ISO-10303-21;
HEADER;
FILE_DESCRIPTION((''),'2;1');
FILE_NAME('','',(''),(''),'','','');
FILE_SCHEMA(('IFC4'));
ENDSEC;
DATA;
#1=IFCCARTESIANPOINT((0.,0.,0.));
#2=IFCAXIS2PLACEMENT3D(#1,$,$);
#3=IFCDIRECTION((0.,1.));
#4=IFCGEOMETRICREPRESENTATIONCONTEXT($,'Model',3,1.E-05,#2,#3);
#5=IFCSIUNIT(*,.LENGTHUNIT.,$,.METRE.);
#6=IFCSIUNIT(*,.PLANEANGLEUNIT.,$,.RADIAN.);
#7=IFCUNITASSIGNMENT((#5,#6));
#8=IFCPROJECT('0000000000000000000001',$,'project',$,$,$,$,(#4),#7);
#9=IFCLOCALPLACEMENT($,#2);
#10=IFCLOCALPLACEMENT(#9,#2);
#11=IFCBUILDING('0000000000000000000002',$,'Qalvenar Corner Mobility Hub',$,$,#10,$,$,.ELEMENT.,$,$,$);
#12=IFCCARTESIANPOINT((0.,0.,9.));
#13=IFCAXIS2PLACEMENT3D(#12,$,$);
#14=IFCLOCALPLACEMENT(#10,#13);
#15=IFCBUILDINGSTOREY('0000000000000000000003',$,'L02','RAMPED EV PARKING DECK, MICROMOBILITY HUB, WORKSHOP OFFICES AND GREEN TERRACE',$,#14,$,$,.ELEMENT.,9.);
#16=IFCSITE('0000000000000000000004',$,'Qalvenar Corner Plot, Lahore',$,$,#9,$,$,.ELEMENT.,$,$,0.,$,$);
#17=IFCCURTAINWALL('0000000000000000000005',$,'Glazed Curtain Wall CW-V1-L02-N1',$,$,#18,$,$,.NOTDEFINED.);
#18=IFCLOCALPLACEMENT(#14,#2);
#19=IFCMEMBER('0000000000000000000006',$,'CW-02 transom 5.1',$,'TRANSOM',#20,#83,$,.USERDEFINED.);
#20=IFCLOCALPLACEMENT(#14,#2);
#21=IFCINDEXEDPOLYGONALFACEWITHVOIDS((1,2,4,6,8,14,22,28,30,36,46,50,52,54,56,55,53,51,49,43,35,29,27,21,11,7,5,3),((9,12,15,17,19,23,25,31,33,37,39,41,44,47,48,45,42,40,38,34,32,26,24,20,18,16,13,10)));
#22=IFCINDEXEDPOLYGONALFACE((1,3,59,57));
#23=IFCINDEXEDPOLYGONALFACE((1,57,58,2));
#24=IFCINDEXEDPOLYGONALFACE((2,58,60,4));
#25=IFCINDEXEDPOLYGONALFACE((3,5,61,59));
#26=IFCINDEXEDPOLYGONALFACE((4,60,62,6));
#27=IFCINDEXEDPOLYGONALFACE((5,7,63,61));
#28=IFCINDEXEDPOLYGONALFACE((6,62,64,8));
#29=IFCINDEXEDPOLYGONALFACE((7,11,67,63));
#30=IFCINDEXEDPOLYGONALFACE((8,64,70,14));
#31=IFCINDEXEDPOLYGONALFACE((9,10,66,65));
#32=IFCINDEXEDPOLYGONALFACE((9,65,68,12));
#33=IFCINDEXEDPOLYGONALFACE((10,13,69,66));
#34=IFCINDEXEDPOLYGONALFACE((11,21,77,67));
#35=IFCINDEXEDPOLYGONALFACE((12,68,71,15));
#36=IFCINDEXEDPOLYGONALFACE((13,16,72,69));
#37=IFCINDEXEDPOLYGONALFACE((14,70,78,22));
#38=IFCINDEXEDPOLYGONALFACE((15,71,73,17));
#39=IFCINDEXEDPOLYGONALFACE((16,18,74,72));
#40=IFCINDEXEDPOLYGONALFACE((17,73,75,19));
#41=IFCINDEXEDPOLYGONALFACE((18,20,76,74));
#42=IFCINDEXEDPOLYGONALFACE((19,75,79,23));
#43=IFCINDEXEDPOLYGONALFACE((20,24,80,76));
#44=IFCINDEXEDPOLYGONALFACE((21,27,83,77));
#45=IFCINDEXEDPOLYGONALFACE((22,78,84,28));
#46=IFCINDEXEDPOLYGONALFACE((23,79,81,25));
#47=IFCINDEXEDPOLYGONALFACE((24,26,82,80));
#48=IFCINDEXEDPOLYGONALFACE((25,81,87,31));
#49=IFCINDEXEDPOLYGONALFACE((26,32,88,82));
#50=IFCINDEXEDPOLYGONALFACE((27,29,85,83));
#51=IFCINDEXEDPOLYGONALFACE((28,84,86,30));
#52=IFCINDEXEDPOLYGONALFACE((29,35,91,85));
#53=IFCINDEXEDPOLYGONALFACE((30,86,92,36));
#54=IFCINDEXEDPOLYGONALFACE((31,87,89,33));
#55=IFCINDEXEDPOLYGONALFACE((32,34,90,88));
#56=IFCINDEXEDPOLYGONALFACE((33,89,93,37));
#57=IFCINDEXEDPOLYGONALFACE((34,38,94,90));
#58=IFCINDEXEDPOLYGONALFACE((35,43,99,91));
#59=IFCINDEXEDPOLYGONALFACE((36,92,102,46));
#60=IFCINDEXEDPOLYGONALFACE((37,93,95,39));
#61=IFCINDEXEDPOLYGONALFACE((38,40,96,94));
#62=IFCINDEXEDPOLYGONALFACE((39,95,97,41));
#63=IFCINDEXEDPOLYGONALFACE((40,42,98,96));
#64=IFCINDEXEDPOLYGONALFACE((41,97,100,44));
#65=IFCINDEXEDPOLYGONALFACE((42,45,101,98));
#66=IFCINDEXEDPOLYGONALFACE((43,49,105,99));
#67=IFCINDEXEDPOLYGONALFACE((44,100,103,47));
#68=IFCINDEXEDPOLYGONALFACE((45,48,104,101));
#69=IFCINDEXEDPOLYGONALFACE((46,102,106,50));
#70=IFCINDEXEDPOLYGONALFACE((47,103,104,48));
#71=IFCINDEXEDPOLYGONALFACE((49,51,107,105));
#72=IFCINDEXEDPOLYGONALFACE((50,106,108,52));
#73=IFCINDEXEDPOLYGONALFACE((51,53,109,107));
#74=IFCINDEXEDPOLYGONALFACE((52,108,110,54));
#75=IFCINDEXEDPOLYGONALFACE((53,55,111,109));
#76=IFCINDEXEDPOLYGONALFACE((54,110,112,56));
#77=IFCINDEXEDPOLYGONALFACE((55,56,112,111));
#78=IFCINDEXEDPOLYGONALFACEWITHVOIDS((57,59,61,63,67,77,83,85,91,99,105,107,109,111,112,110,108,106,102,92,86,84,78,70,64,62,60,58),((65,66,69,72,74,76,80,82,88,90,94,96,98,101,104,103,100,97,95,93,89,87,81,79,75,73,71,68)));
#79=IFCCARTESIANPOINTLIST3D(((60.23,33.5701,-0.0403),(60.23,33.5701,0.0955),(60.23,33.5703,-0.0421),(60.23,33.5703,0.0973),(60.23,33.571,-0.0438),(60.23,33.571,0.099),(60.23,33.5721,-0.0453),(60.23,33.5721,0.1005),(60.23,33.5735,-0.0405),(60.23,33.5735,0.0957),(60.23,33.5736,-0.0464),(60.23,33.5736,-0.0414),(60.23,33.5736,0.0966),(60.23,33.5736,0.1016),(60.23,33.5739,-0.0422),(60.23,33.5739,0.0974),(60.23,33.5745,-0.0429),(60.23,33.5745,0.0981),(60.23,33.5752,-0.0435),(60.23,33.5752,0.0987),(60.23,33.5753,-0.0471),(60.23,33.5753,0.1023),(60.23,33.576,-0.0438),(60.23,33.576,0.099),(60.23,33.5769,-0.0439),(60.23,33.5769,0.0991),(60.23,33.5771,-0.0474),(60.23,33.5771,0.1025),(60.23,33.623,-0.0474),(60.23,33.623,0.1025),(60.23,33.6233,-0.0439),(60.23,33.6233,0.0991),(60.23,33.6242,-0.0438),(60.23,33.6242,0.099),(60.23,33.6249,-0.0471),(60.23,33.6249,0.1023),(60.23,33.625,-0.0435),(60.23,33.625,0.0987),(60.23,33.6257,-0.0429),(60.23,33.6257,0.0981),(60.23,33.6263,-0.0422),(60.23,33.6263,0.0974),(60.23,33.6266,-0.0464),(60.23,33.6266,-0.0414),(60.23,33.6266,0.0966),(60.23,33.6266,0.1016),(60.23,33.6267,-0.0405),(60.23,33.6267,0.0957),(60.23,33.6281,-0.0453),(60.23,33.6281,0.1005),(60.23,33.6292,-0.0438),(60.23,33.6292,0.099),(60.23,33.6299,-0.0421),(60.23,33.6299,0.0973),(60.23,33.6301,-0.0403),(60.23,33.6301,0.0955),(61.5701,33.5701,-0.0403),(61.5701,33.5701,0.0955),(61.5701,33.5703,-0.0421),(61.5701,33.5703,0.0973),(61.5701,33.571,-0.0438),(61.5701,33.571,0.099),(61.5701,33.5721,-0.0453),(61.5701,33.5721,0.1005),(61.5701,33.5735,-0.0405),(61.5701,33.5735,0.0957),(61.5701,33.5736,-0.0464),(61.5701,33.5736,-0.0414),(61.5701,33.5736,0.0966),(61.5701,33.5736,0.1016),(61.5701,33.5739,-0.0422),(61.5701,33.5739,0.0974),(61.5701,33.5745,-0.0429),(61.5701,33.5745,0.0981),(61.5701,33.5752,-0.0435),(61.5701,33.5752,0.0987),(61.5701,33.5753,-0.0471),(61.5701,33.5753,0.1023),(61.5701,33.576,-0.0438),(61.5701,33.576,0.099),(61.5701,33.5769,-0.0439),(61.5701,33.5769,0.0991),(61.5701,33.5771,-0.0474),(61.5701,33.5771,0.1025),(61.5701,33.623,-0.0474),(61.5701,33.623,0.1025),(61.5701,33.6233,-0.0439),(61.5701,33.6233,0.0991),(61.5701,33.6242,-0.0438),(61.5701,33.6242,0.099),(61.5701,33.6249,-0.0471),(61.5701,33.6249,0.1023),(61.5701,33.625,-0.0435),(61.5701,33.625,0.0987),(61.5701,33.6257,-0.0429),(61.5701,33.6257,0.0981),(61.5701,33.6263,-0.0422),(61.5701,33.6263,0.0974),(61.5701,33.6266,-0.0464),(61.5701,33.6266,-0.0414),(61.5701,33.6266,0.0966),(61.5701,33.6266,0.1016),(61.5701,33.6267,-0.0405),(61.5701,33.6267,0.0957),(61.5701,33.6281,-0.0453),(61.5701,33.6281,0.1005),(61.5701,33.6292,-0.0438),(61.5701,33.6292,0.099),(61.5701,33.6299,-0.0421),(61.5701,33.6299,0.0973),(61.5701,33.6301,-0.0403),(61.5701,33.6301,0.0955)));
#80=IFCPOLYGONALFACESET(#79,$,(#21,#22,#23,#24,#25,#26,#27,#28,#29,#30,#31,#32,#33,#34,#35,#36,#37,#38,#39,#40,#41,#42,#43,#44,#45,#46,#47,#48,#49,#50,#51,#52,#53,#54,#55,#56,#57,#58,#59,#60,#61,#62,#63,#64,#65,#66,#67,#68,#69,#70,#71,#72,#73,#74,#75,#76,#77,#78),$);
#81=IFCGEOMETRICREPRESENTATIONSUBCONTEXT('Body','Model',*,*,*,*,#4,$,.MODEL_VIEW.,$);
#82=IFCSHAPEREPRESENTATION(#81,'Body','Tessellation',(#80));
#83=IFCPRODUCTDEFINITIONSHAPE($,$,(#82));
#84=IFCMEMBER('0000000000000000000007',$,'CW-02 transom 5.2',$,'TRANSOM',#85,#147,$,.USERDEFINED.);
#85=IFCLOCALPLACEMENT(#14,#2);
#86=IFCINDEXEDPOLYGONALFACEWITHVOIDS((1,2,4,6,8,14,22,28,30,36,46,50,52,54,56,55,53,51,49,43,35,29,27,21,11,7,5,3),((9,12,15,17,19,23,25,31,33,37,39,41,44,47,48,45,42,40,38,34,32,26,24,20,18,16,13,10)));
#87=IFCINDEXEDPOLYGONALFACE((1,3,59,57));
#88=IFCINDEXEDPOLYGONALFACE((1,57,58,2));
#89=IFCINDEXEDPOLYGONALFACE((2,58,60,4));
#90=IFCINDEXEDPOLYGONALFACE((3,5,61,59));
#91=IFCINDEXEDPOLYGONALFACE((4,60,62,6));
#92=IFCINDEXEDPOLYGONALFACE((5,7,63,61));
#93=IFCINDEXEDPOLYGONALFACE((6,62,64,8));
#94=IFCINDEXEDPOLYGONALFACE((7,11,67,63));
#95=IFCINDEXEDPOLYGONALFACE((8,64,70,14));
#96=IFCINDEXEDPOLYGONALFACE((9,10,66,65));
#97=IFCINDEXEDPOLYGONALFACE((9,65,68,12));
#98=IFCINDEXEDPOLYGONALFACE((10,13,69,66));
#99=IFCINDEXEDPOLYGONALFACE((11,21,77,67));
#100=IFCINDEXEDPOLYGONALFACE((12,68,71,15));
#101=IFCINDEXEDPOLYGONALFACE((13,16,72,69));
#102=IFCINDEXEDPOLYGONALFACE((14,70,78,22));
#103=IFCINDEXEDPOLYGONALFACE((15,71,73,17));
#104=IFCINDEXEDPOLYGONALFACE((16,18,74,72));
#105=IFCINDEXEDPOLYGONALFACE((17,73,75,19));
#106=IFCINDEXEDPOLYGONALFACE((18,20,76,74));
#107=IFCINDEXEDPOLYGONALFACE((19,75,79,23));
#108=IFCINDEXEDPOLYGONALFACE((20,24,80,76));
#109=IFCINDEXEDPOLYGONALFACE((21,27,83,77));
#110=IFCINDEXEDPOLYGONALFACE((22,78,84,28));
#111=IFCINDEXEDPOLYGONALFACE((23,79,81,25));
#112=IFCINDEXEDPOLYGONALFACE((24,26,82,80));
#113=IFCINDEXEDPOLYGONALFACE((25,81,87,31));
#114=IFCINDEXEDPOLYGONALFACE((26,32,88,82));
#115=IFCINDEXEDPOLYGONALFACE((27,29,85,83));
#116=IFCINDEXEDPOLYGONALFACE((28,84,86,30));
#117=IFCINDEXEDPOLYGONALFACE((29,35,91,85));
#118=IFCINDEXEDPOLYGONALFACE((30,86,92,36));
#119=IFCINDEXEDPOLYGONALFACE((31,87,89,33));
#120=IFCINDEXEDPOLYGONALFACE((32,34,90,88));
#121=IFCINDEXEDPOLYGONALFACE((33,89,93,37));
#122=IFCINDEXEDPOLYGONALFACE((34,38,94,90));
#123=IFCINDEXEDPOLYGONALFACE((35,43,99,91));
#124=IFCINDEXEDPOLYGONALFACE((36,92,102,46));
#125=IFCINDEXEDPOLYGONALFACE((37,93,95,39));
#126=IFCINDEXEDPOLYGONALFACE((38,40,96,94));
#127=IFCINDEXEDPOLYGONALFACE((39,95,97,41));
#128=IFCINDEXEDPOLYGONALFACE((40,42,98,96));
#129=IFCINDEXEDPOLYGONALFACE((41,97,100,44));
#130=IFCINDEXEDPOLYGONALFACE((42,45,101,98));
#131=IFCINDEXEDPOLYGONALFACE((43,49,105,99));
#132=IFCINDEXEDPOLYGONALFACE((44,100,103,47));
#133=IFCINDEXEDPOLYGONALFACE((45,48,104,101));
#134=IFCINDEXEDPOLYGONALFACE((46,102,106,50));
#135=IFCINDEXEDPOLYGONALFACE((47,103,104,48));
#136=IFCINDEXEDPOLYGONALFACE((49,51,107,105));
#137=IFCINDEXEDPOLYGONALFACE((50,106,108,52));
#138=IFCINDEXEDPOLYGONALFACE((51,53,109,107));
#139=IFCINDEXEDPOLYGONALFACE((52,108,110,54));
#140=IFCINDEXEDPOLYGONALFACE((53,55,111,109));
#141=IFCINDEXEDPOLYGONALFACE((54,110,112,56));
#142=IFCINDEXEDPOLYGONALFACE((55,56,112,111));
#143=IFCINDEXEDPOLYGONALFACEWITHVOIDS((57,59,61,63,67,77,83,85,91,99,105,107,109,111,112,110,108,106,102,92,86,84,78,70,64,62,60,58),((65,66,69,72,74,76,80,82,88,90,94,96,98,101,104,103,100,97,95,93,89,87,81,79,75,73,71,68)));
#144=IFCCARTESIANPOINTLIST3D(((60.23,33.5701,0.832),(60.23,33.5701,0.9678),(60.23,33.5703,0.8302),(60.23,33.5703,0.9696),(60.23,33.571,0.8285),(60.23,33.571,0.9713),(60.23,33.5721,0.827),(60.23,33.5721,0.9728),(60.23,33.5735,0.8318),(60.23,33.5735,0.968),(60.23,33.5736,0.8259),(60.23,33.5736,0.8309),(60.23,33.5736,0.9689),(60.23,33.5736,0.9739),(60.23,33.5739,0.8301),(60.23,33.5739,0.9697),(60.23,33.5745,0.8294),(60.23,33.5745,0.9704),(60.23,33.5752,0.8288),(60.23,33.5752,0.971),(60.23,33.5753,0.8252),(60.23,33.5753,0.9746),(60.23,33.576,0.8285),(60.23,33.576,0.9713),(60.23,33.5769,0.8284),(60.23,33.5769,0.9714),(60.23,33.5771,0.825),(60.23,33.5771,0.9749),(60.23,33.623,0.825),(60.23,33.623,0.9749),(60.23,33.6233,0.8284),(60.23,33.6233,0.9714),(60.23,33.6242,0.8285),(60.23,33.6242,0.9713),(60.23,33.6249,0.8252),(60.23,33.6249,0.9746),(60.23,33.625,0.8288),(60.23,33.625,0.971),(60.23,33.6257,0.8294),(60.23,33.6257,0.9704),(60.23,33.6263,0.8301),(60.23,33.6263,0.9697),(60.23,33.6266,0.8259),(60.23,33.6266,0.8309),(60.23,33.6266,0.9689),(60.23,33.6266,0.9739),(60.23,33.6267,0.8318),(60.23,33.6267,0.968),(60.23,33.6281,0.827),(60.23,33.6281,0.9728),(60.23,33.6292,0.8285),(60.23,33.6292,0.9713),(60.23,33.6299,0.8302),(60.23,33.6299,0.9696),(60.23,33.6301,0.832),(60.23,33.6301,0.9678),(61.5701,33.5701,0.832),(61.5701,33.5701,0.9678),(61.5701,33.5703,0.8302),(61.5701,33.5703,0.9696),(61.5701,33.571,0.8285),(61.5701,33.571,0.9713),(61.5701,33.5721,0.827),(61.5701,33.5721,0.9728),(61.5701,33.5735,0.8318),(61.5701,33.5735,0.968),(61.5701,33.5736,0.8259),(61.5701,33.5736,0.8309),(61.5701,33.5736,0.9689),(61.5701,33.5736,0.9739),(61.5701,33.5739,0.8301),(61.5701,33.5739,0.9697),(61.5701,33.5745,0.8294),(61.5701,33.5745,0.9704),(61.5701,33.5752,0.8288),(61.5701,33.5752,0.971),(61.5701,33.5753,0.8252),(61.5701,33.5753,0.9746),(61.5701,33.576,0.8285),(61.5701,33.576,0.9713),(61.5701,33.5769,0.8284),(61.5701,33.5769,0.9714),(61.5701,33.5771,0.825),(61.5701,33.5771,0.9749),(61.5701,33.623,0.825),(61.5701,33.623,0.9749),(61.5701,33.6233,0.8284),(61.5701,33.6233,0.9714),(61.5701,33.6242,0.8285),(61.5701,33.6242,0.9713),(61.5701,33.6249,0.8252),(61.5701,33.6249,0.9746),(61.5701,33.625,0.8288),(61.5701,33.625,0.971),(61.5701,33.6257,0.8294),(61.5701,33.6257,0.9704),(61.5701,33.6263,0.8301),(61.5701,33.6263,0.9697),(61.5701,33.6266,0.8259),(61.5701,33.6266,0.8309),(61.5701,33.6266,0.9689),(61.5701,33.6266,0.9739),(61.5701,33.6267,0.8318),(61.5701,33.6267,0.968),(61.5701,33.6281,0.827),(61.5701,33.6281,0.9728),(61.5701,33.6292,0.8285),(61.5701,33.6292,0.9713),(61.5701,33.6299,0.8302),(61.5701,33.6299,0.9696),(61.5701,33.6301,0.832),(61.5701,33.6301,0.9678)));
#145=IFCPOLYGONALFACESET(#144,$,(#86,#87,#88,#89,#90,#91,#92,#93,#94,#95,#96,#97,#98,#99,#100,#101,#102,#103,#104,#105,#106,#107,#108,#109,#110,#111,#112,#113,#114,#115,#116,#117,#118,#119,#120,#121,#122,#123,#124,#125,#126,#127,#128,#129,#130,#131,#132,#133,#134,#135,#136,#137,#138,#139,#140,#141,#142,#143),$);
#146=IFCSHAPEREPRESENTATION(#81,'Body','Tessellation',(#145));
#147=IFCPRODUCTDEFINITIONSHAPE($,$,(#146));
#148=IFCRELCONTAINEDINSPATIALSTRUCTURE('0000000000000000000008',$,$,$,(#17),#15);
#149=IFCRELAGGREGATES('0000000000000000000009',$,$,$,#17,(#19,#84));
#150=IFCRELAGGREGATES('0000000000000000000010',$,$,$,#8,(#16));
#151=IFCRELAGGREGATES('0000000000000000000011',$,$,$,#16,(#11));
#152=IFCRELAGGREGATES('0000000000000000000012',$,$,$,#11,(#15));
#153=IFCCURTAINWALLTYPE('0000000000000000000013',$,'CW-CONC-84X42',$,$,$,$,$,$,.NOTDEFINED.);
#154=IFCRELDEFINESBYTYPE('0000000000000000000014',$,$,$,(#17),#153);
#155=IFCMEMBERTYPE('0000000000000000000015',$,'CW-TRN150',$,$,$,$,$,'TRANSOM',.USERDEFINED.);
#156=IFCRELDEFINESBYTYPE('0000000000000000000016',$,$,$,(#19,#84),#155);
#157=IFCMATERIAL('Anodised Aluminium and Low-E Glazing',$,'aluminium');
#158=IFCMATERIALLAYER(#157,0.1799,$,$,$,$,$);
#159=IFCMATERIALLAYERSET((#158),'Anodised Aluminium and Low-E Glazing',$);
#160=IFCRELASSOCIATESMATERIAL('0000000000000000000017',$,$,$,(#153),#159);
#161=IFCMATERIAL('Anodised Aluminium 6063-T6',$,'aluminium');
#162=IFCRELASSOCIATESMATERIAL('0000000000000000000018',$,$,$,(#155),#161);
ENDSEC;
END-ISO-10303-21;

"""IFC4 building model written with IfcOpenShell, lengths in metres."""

from ifc_helpers import new_model, si_unit, direction, frame, origin, origin_2d, place, context, subcontext, project, spatial, hollow_rectangle, extrude, material, layer, layer_set, material_profile, profile_set, type_object, element, aggregate, save


model = new_model("IFC4")

# Units and contexts
model_context = context("Model", 3, precision=1e-05, world=origin(), true_north=direction((0.0, 1.0)))
body_context = subcontext(model_context, "Body", "Model", "MODEL_VIEW")
ifc_project = project(units=[si_unit("LENGTHUNIT", "METRE"), si_unit("PLANEANGLEUNIT", "RADIAN")], contexts=[model_context])

# Site, building, storey
site_placement = place(None, origin())
site = spatial("IfcSite", under=ifc_project, at=site_placement, Name="Qalvenar Corner Plot, Lahore", CompositionType="ELEMENT", RefElevation=0.0)
building_placement = place(site_placement, origin())
building = spatial("IfcBuilding", under=site, at=building_placement, Name="Qalvenar Corner Mobility Hub", CompositionType="ELEMENT")
storey_placement = place(building_placement, frame((0.0, 0.0, 9.0)))
storey = spatial("IfcBuildingStorey", under=building, at=storey_placement, Name="L02", Description="RAMPED EV PARKING DECK, MICROMOBILITY HUB, WORKSHOP OFFICES AND GREEN TERRACE", CompositionType="ELEMENT", Elevation=9.0)

# Shared definitions
ifc_material_1 = material(Name="Anodised Aluminium and Low-E Glazing", Category="aluminium")
ifc_material_2 = material(Name="Anodised Aluminium 6063-T6", Category="aluminium")

# Curtain wall, members
ifc_layer_1 = layer(ifc_material_1, 0.1799)
ifc_layer_set_1 = layer_set([ifc_layer_1], Name="Anodised Aluminium and Low-E Glazing")
curtain_wall_type_1 = type_object("IfcCurtainWallType", Name="CW-CONC-84X42", PredefinedType="NOTDEFINED", material=ifc_layer_set_1)
curtain_wall_1_placement = place(storey_placement, origin())
curtain_wall_1 = element("IfcCurtainWall", 1, at=curtain_wall_1_placement, inside=storey, type_object=curtain_wall_type_1, Name="Glazed Curtain Wall CW-V1-L02-N1", PredefinedType="NOTDEFINED")
ifc_material_profile_1 = material_profile(ifc_material_2, hollow_rectangle(XDim=0.0601, YDim=0.1499, WallThickness=0.0034, InnerFilletRadius=0.0034, OuterFilletRadius=0.0071, at=origin_2d()), Name="RHS150x60x3.5")
ifc_profile_set_1 = profile_set([ifc_material_profile_1], Name="Anodised Aluminium 6063-T6")
member_type_1 = type_object("IfcMemberType", Name="CW-TRN150", ElementType="TRANSOM", PredefinedType="USERDEFINED", material=ifc_profile_set_1)
member_1_placement = place(storey_placement, frame((61.5701, 33.6001, 0.0276), z_axis=(-1.0, 0.0, 0.0), x_axis=(0.0, -1.0, 0.0)))
member_1 = element("IfcMember", 2, at=member_1_placement, type_object=member_type_1, Name="CW-02 transom 5.1", ObjectType="TRANSOM", PredefinedType="USERDEFINED", context=body_context, shape_type="SweptSolid", body=[
    extrude(hollow_rectangle(XDim=0.0601, YDim=0.1499, WallThickness=0.0034, InnerFilletRadius=0.0034, OuterFilletRadius=0.0071, at=origin_2d()), origin(), (0.0, 0.0, 1.0), 1.3401),
])
member_2_placement = place(storey_placement, frame((61.5701, 33.6001, 0.8999), z_axis=(-1.0, 0.0, 0.0), x_axis=(0.0, -1.0, 0.0)))
member_2 = element("IfcMember", 3, at=member_2_placement, type_object=member_type_1, Name="CW-02 transom 5.2", ObjectType="TRANSOM", PredefinedType="USERDEFINED", context=body_context, shape_type="SweptSolid", body=[
    extrude(hollow_rectangle(XDim=0.0601, YDim=0.1499, WallThickness=0.0034, InnerFilletRadius=0.0034, OuterFilletRadius=0.0071, at=origin_2d()), origin(), (0.0, 0.0, 1.0), 1.3401),
])
aggregate(curtain_wall_1, [member_1, member_2])

save(model, "model.ifc")
